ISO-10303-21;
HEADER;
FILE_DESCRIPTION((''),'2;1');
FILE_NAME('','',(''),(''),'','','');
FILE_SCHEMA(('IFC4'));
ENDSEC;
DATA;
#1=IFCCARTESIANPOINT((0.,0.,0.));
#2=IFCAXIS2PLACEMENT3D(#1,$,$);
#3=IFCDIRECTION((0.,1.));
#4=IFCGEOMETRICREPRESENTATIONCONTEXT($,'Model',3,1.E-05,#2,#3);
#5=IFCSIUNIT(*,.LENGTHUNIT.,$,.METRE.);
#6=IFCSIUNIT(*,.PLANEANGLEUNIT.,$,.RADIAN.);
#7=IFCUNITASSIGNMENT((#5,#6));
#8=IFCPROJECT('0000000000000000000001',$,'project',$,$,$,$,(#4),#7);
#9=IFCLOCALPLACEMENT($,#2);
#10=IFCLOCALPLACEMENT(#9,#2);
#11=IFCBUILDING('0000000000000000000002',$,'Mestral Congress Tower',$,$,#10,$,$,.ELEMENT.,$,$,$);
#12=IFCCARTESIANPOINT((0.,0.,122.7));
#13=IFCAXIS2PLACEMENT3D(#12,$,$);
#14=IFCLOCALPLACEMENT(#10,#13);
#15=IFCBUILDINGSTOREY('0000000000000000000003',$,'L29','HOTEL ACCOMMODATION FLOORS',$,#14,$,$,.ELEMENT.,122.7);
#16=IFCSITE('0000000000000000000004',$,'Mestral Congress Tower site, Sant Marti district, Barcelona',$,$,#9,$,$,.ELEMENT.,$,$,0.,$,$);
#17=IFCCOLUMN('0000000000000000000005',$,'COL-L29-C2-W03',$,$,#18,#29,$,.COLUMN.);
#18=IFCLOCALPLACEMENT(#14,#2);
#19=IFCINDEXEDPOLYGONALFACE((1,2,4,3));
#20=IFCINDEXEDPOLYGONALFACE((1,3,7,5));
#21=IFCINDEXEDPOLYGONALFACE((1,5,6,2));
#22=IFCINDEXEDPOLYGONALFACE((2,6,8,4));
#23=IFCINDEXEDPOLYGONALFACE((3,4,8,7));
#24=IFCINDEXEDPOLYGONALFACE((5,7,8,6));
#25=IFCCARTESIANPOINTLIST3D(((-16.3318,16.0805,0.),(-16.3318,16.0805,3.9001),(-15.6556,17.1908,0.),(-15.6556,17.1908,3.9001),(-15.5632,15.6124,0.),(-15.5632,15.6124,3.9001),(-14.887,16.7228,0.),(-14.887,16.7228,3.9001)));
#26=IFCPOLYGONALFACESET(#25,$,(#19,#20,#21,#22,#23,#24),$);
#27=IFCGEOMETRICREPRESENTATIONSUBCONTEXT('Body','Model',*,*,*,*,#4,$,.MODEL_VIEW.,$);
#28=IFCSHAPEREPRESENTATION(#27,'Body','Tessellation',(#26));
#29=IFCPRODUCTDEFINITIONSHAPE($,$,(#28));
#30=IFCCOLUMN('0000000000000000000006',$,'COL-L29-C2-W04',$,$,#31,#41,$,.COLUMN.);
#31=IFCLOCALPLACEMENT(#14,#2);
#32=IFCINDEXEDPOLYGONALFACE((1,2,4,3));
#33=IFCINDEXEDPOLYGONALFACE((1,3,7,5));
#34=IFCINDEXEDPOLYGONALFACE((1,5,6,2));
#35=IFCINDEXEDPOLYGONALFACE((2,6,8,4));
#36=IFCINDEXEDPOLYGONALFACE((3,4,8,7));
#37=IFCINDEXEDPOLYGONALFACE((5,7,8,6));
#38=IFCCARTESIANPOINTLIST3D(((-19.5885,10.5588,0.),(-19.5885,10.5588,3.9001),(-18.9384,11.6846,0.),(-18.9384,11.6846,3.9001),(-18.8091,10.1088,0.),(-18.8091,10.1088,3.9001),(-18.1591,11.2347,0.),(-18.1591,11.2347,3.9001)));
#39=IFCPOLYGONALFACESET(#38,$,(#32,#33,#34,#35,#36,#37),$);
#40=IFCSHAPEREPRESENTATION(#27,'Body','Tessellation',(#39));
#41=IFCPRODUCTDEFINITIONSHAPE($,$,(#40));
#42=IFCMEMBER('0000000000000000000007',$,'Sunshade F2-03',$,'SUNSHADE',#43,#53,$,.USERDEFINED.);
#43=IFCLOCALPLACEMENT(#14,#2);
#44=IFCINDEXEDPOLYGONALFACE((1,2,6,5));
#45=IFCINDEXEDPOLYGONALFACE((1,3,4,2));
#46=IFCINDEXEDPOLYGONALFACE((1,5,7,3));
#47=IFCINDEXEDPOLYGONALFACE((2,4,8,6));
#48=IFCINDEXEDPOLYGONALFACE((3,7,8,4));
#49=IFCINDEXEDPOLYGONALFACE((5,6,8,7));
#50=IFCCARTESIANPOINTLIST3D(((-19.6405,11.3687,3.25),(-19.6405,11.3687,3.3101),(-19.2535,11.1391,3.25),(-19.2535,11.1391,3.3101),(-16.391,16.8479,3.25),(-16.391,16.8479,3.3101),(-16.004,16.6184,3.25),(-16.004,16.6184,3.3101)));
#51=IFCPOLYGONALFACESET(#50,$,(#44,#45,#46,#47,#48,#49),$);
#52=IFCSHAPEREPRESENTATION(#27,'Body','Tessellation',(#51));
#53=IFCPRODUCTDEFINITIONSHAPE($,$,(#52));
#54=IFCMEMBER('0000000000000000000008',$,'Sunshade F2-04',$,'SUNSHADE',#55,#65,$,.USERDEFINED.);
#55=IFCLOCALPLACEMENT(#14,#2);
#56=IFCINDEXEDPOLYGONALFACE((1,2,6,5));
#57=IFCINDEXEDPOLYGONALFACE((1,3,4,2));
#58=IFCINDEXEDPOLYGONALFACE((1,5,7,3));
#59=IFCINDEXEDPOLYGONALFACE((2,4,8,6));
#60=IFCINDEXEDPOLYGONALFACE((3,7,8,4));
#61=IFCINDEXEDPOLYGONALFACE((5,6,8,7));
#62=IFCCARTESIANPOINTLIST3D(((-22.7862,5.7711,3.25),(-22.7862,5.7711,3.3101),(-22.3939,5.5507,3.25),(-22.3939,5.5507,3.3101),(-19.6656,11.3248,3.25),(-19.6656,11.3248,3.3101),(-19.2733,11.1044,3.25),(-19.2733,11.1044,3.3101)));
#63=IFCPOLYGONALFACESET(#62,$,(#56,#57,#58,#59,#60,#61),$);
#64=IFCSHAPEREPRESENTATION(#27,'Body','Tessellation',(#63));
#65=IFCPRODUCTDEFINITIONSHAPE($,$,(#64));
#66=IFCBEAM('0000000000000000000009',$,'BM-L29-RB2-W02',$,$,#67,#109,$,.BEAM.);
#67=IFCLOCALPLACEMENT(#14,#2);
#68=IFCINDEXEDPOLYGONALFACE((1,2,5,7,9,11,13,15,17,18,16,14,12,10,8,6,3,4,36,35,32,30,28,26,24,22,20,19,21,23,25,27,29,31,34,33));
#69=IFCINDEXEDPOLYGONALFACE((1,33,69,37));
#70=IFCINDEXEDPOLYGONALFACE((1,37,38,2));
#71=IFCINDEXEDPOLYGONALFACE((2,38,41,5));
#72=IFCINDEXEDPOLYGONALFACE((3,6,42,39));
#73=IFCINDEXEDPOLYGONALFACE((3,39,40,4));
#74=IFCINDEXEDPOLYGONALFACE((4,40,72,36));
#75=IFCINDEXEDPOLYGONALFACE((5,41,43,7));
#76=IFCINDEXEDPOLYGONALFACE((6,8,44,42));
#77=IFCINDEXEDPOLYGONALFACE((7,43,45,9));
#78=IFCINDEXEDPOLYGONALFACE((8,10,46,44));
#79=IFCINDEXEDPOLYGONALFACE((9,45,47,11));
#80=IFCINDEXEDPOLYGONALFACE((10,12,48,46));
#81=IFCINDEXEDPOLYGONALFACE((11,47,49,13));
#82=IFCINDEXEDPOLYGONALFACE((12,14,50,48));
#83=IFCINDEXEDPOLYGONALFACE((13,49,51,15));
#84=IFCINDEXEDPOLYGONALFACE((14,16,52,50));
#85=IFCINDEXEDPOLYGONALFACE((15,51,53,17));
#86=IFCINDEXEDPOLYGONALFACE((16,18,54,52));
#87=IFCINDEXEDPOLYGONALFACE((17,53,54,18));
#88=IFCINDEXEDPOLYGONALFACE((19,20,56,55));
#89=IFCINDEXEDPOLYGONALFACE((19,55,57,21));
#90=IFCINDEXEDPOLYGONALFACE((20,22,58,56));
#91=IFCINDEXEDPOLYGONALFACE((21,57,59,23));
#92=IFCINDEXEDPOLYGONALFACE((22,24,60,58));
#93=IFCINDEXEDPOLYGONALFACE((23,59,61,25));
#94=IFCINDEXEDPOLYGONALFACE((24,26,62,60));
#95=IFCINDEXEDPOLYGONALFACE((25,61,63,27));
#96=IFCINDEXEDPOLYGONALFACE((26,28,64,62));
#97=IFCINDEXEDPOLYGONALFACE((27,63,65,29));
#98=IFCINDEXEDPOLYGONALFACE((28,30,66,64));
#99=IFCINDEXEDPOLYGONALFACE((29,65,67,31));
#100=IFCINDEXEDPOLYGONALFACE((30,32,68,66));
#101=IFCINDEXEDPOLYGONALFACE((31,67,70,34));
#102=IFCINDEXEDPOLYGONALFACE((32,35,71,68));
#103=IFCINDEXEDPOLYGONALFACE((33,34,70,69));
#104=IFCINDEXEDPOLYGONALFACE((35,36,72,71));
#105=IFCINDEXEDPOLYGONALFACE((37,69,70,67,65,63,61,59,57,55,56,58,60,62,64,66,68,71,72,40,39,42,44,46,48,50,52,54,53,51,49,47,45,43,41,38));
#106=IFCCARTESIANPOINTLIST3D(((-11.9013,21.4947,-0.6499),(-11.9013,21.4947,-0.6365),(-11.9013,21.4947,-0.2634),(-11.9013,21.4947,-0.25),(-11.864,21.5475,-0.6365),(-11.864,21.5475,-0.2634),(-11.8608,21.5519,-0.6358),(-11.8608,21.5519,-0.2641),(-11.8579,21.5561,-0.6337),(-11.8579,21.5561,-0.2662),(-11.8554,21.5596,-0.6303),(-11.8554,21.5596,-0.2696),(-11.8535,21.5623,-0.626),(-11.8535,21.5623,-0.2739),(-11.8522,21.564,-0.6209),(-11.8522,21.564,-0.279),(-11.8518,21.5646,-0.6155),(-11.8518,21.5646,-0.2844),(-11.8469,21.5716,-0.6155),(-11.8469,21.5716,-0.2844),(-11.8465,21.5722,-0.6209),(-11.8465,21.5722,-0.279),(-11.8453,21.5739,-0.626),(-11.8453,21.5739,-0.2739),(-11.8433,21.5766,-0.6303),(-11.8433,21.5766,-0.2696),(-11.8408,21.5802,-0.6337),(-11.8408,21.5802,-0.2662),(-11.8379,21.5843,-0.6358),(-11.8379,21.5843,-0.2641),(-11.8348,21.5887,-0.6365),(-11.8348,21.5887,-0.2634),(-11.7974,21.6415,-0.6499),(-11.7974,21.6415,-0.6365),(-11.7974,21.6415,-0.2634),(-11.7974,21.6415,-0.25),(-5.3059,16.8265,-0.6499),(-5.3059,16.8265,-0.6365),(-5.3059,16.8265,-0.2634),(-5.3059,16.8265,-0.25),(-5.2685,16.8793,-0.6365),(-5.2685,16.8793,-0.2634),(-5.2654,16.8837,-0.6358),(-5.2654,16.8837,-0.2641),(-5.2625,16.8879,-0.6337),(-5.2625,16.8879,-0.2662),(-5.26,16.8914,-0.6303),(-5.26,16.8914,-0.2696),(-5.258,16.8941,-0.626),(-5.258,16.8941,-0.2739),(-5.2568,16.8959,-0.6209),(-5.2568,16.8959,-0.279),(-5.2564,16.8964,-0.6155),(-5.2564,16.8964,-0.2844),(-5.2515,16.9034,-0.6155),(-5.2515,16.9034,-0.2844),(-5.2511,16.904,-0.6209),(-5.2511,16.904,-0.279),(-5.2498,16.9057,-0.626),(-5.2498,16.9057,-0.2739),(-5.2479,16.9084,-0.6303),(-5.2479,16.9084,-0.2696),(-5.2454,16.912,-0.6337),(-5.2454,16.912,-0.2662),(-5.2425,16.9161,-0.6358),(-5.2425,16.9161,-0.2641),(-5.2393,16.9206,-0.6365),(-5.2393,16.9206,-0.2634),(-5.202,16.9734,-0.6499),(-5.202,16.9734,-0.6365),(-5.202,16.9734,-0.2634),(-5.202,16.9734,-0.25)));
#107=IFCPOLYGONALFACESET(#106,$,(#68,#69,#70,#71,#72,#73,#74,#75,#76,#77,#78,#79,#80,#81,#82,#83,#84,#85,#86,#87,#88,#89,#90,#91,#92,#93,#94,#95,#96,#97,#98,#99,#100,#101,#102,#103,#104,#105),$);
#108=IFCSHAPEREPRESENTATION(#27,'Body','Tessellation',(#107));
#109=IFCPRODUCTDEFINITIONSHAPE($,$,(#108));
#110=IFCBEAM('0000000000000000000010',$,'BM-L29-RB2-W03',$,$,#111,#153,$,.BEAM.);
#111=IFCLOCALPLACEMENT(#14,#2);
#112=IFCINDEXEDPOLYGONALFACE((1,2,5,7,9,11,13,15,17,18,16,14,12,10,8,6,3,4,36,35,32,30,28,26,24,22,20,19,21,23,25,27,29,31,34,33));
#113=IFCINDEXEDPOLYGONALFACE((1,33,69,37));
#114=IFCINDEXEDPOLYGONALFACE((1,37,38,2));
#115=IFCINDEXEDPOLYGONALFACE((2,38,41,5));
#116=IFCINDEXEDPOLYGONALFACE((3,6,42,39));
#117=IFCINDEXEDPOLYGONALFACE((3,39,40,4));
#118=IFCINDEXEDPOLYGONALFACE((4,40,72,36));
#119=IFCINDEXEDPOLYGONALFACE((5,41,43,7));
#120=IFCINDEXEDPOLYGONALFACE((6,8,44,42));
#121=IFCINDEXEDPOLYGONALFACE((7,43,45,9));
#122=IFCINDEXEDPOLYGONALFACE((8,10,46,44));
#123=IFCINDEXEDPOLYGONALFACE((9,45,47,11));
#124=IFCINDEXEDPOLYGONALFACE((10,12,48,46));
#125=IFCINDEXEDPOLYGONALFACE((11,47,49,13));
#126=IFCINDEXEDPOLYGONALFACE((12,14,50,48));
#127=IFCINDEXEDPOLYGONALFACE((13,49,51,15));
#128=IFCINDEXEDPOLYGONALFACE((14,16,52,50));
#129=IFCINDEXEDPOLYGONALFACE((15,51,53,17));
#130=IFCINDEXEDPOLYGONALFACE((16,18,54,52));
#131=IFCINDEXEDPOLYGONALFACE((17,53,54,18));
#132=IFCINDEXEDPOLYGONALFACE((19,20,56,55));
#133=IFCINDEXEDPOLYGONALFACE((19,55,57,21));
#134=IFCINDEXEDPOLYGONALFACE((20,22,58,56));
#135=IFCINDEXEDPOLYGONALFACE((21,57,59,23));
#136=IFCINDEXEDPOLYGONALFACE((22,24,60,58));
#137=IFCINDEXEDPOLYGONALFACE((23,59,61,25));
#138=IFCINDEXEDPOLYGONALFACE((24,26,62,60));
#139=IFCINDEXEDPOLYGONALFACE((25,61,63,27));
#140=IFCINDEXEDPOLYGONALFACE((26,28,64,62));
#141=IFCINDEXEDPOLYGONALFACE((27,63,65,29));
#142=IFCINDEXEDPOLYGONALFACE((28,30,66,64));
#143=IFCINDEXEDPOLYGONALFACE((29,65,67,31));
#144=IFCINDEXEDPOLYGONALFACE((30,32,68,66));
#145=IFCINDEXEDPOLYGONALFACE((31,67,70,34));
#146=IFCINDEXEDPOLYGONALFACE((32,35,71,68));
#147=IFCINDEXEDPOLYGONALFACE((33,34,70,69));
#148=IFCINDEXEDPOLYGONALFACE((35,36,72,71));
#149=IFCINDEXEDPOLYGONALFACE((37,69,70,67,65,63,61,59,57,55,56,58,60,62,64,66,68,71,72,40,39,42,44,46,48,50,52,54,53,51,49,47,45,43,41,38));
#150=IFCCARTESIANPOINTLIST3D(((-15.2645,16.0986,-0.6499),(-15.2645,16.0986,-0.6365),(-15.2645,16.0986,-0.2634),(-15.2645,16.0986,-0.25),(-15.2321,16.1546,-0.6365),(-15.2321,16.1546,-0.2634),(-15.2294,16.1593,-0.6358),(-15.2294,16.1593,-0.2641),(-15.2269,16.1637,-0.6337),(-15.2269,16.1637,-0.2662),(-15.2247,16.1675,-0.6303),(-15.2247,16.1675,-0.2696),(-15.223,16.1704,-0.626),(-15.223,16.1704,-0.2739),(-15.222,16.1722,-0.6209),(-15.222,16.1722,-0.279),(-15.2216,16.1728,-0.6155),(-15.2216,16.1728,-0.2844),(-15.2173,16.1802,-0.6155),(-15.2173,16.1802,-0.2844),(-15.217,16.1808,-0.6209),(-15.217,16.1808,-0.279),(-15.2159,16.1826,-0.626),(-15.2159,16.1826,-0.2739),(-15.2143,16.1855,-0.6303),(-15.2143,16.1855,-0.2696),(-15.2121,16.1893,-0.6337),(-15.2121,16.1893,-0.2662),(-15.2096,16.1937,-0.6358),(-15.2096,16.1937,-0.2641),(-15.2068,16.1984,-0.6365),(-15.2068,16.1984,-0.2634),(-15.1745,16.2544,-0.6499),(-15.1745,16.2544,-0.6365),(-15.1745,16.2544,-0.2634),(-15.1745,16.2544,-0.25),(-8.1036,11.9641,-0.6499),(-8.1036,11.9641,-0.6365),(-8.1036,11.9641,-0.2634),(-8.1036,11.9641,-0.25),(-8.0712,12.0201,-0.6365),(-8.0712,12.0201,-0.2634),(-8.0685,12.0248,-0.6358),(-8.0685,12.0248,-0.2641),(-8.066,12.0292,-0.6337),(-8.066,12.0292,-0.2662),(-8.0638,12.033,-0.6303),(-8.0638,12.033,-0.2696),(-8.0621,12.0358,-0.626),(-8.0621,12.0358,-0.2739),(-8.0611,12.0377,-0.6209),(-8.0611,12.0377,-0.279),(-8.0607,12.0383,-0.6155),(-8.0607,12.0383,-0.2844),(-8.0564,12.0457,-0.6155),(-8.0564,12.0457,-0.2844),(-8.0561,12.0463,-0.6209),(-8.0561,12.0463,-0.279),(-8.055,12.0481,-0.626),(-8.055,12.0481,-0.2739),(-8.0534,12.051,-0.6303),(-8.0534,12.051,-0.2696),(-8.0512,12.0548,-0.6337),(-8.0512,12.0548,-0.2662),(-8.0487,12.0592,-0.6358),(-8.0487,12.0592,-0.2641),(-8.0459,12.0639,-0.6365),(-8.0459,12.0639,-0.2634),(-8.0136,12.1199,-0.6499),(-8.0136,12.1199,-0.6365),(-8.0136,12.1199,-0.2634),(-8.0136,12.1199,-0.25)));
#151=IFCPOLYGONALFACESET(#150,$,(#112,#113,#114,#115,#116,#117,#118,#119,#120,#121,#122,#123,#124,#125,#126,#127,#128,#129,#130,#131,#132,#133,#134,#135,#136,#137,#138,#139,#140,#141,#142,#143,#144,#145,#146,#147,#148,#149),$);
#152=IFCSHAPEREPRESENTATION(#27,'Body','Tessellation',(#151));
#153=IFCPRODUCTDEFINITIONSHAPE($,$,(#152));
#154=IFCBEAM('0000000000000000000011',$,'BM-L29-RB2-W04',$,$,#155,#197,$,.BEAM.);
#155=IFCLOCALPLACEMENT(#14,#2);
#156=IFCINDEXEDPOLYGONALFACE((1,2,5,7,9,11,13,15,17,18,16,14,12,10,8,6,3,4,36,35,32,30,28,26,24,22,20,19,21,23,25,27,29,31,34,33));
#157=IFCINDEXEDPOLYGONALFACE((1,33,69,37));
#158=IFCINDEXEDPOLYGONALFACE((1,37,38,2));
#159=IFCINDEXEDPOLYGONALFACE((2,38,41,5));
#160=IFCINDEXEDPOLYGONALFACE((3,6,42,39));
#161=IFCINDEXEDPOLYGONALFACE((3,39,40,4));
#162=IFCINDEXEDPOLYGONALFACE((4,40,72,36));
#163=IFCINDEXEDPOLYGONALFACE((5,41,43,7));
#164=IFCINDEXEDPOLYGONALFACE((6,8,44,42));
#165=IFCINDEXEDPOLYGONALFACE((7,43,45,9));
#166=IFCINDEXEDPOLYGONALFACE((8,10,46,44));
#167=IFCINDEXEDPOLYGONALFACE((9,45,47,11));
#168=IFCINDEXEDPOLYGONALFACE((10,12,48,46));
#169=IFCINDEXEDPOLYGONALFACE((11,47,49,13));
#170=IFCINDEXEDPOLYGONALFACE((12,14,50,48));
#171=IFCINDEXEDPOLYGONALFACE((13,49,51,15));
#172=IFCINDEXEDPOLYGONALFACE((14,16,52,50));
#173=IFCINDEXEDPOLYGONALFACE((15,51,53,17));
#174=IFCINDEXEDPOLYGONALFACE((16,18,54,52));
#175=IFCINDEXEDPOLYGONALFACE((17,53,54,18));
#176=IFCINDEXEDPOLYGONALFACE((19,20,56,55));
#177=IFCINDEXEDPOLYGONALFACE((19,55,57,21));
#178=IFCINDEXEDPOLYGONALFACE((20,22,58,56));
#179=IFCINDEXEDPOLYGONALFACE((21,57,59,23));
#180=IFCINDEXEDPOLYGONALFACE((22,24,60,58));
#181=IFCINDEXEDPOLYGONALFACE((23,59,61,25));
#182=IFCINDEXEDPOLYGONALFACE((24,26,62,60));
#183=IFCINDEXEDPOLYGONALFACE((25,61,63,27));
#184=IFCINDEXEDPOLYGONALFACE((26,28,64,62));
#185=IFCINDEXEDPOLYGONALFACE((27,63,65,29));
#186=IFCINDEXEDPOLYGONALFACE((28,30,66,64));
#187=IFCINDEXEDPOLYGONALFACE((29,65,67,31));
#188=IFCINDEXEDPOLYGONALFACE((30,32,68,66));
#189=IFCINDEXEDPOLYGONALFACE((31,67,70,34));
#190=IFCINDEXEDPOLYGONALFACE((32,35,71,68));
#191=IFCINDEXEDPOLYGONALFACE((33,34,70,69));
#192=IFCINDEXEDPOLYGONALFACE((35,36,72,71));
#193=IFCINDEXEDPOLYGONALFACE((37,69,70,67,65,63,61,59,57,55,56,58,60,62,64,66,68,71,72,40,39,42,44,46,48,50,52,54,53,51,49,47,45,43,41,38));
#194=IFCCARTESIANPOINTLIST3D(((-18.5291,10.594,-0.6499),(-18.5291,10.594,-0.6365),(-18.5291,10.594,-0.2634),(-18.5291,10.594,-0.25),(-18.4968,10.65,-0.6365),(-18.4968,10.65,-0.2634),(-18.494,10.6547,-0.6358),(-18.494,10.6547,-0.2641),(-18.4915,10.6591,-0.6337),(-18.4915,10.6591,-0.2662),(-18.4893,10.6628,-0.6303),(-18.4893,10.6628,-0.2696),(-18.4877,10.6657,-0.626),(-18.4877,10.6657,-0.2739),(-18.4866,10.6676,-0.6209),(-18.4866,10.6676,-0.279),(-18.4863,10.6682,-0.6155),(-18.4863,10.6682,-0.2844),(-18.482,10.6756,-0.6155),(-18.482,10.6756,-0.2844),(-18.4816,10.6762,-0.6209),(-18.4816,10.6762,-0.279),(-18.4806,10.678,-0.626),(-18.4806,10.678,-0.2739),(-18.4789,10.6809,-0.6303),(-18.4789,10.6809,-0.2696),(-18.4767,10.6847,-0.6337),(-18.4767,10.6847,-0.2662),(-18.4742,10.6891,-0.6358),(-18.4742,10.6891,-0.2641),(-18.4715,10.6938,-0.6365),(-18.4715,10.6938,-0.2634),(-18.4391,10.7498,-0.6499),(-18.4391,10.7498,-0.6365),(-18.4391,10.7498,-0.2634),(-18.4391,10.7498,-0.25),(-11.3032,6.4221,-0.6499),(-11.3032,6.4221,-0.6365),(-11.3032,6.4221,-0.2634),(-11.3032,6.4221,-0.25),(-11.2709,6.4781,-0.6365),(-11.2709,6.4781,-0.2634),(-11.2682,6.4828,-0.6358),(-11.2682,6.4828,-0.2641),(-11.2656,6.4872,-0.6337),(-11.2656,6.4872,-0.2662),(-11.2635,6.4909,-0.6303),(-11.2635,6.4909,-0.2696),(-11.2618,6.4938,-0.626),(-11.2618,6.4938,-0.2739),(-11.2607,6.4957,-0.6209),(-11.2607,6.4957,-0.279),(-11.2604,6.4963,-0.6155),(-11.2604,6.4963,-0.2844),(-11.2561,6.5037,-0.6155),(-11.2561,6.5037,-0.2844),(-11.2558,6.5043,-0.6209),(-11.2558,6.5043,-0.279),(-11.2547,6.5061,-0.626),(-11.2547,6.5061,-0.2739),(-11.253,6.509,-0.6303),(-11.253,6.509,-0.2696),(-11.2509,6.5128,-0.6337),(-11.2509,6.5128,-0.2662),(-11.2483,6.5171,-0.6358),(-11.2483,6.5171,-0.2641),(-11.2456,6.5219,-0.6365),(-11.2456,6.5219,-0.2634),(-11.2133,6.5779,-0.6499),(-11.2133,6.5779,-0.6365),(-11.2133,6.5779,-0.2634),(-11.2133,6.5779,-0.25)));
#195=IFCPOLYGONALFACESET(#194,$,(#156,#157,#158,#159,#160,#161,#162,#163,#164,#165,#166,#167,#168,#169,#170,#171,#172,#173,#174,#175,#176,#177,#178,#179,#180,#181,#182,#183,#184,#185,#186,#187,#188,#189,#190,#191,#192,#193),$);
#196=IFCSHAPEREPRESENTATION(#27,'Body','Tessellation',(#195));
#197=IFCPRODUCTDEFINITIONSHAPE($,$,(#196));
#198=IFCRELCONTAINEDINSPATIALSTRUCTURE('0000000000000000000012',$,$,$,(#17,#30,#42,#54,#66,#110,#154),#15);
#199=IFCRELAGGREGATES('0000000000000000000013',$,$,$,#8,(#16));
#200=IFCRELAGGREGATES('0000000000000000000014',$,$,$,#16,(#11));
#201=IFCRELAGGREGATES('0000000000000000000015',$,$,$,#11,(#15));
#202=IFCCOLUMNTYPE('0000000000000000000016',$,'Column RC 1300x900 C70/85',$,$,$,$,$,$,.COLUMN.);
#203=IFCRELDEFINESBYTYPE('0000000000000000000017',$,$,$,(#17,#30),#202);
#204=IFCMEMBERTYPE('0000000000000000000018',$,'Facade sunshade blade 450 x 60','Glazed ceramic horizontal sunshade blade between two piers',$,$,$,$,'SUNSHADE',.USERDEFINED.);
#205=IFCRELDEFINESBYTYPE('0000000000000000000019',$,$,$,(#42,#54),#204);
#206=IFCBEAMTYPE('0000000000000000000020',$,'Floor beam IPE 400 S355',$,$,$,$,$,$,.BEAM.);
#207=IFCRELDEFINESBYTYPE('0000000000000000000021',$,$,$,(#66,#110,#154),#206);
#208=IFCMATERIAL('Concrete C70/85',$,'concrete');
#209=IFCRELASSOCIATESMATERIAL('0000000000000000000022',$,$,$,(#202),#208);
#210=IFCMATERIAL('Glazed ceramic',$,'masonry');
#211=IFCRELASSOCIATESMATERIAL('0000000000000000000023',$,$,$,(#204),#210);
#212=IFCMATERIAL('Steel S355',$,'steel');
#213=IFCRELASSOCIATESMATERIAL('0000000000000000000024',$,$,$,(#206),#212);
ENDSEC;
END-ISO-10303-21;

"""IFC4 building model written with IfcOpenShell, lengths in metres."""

from ifc_helpers import new_model, si_unit, direction, frame, origin, origin_2d, place, context, subcontext, project, spatial, rectangle, i_section, extrude, material, material_profile, profile_set, type_object, element, save


model = new_model("IFC4")

# Units and contexts
model_context = context("Model", 3, precision=1e-05, world=origin(), true_north=direction((0.0, 1.0)))
body_context = subcontext(model_context, "Body", "Model", "MODEL_VIEW")
ifc_project = project(units=[si_unit("LENGTHUNIT", "METRE"), si_unit("PLANEANGLEUNIT", "RADIAN")], contexts=[model_context])

# Site, building, storey
site_placement = place(None, origin())
site = spatial("IfcSite", under=ifc_project, at=site_placement, Name="Mestral Congress Tower site, Sant Marti district, Barcelona", CompositionType="ELEMENT", RefElevation=0.0)
building_placement = place(site_placement, origin())
building = spatial("IfcBuilding", under=site, at=building_placement, Name="Mestral Congress Tower", CompositionType="ELEMENT")
storey_placement = place(building_placement, frame((0.0, 0.0, 122.7)))
storey = spatial("IfcBuildingStorey", under=building, at=storey_placement, Name="L29", Description="HOTEL ACCOMMODATION FLOORS", CompositionType="ELEMENT", Elevation=122.7)

# Columns
ifc_material_1 = material(Name="Concrete C70/85", Category="concrete")
ifc_material_profile_1 = material_profile(ifc_material_1, rectangle(XDim=1.3, YDim=0.8999, at=origin_2d()), Name="RC 1300x900")
ifc_profile_set_1 = profile_set([ifc_material_profile_1], Name="Concrete C70/85")
column_type = type_object("IfcColumnType", Name="Column RC 1300x900 C70/85", PredefinedType="COLUMN", material=ifc_profile_set_1)
for number, where, z_axis, x_axis, name in (
    (1, (-15.6094, 16.4016, 0.0), (0.0, 0.0, 1.0), (-0.520114, -0.854097, 0.0), "COL-L29-C2-W03"),
    (2, (-18.8738, 10.8967, 0.0), (0.0, 0.0, 1.0), (-0.5, -0.866025, 0.0), "COL-L29-C2-W04"),
):
    element("IfcColumn", number, at=place(storey_placement, frame(where, z_axis=z_axis, x_axis=x_axis)), inside=storey, type_object=column_type, Name=name, PredefinedType="COLUMN", context=body_context, shape_type="SweptSolid", body=[
        extrude(rectangle(XDim=1.3, YDim=0.8999, at=origin_2d()), origin(), (0.0, 0.0, 1.0), 3.9001),
    ])

# Members
ifc_material_2 = material(Name="Glazed ceramic", Category="masonry")
ifc_material_profile_2 = material_profile(ifc_material_2, rectangle(XDim=0.45, YDim=0.0601, at=origin_2d()), Name="Ceramic blade 450 x 60")
ifc_profile_set_2 = profile_set([ifc_material_profile_2], Name="Glazed ceramic")
member_type = type_object("IfcMemberType", Name="Facade sunshade blade 450 x 60", Description="Glazed ceramic horizontal sunshade blade between two piers", ElementType="SUNSHADE", PredefinedType="USERDEFINED", material=ifc_profile_set_2)
for number, where, z_axis, x_axis, name in (
    (3, (-16.1975, 16.7332, 3.28), (-0.510099, -0.860116, 0.0), (0.860116, -0.510099, 0.0), "Sunshade F2-03"),
    (4, (-19.4695, 11.2146, 3.28), (-0.489861, -0.871801, 0.0), (0.871801, -0.489861, 0.0), "Sunshade F2-04"),
):
    element("IfcMember", number, at=place(storey_placement, frame(where, z_axis=z_axis, x_axis=x_axis)), inside=storey, type_object=member_type, Name=name, ObjectType="SUNSHADE", PredefinedType="USERDEFINED", context=body_context, shape_type="SweptSolid", body=[
        extrude(rectangle(XDim=0.45, YDim=0.0601, at=origin_2d()), origin(), (0.0, 0.0, 1.0), 6.3704),
    ])

# Beams
ifc_material_3 = material(Name="Steel S355", Category="steel")
ifc_material_profile_3 = material_profile(ifc_material_3, i_section(OverallWidth=0.1799, OverallDepth=0.3999, WebThickness=0.0085, FlangeThickness=0.0134, FilletRadius=0.021, at=origin_2d()), Name="IPE 400")
ifc_profile_set_3 = profile_set([ifc_material_profile_3], Name="Steel S355")
beam_type_1 = type_object("IfcBeamType", Name="Floor beam IPE 400 S355", PredefinedType="BEAM", material=ifc_profile_set_3)
beam_1_placement = place(storey_placement, frame((-11.8494, 21.5681, -0.45), z_axis=(0.816233, -0.577723, 0.0), x_axis=(0.577723, 0.816233, 0.0)))
element("IfcBeam", 5, at=beam_1_placement, inside=storey, type_object=beam_type_1, Name="BM-L29-RB2-W02", PredefinedType="BEAM", context=body_context, shape_type="SweptSolid", body=[
    extrude(i_section(OverallWidth=0.1799, OverallDepth=0.3999, WebThickness=0.0085, FlangeThickness=0.0134, FilletRadius=0.021, at=origin_2d()), origin(), (0.0, 0.0, 1.0), 8.0803),
])
beam_2_placement = place(storey_placement, frame((-15.2195, 16.1765, -0.45), z_axis=(0.866016, -0.500016, 0.0), x_axis=(0.500016, 0.866016, 0.0)))
element("IfcBeam", 6, at=beam_2_placement, inside=storey, type_object=beam_type_1, Name="BM-L29-RB2-W03", PredefinedType="BEAM", context=body_context, shape_type="SweptSolid", body=[
    extrude(i_section(OverallWidth=0.1799, OverallDepth=0.3999, WebThickness=0.0085, FlangeThickness=0.0134, FilletRadius=0.021, at=origin_2d()), origin(), (0.0, 0.0, 1.0), 8.2688),
])
beam_3_placement = place(storey_placement, frame((-18.4841, 10.6719, -0.45), z_axis=(0.866023, -0.500004, 0.0), x_axis=(0.500004, 0.866023, 0.0)))
element("IfcBeam", 7, at=beam_3_placement, inside=storey, type_object=beam_type_1, Name="BM-L29-RB2-W04", PredefinedType="BEAM", context=body_context, shape_type="SweptSolid", body=[
    extrude(i_section(OverallWidth=0.1799, OverallDepth=0.3999, WebThickness=0.0085, FlangeThickness=0.0134, FilletRadius=0.021, at=origin_2d()), origin(), (0.0, 0.0, 1.0), 8.3438),
])

save(model, "model.ifc")
